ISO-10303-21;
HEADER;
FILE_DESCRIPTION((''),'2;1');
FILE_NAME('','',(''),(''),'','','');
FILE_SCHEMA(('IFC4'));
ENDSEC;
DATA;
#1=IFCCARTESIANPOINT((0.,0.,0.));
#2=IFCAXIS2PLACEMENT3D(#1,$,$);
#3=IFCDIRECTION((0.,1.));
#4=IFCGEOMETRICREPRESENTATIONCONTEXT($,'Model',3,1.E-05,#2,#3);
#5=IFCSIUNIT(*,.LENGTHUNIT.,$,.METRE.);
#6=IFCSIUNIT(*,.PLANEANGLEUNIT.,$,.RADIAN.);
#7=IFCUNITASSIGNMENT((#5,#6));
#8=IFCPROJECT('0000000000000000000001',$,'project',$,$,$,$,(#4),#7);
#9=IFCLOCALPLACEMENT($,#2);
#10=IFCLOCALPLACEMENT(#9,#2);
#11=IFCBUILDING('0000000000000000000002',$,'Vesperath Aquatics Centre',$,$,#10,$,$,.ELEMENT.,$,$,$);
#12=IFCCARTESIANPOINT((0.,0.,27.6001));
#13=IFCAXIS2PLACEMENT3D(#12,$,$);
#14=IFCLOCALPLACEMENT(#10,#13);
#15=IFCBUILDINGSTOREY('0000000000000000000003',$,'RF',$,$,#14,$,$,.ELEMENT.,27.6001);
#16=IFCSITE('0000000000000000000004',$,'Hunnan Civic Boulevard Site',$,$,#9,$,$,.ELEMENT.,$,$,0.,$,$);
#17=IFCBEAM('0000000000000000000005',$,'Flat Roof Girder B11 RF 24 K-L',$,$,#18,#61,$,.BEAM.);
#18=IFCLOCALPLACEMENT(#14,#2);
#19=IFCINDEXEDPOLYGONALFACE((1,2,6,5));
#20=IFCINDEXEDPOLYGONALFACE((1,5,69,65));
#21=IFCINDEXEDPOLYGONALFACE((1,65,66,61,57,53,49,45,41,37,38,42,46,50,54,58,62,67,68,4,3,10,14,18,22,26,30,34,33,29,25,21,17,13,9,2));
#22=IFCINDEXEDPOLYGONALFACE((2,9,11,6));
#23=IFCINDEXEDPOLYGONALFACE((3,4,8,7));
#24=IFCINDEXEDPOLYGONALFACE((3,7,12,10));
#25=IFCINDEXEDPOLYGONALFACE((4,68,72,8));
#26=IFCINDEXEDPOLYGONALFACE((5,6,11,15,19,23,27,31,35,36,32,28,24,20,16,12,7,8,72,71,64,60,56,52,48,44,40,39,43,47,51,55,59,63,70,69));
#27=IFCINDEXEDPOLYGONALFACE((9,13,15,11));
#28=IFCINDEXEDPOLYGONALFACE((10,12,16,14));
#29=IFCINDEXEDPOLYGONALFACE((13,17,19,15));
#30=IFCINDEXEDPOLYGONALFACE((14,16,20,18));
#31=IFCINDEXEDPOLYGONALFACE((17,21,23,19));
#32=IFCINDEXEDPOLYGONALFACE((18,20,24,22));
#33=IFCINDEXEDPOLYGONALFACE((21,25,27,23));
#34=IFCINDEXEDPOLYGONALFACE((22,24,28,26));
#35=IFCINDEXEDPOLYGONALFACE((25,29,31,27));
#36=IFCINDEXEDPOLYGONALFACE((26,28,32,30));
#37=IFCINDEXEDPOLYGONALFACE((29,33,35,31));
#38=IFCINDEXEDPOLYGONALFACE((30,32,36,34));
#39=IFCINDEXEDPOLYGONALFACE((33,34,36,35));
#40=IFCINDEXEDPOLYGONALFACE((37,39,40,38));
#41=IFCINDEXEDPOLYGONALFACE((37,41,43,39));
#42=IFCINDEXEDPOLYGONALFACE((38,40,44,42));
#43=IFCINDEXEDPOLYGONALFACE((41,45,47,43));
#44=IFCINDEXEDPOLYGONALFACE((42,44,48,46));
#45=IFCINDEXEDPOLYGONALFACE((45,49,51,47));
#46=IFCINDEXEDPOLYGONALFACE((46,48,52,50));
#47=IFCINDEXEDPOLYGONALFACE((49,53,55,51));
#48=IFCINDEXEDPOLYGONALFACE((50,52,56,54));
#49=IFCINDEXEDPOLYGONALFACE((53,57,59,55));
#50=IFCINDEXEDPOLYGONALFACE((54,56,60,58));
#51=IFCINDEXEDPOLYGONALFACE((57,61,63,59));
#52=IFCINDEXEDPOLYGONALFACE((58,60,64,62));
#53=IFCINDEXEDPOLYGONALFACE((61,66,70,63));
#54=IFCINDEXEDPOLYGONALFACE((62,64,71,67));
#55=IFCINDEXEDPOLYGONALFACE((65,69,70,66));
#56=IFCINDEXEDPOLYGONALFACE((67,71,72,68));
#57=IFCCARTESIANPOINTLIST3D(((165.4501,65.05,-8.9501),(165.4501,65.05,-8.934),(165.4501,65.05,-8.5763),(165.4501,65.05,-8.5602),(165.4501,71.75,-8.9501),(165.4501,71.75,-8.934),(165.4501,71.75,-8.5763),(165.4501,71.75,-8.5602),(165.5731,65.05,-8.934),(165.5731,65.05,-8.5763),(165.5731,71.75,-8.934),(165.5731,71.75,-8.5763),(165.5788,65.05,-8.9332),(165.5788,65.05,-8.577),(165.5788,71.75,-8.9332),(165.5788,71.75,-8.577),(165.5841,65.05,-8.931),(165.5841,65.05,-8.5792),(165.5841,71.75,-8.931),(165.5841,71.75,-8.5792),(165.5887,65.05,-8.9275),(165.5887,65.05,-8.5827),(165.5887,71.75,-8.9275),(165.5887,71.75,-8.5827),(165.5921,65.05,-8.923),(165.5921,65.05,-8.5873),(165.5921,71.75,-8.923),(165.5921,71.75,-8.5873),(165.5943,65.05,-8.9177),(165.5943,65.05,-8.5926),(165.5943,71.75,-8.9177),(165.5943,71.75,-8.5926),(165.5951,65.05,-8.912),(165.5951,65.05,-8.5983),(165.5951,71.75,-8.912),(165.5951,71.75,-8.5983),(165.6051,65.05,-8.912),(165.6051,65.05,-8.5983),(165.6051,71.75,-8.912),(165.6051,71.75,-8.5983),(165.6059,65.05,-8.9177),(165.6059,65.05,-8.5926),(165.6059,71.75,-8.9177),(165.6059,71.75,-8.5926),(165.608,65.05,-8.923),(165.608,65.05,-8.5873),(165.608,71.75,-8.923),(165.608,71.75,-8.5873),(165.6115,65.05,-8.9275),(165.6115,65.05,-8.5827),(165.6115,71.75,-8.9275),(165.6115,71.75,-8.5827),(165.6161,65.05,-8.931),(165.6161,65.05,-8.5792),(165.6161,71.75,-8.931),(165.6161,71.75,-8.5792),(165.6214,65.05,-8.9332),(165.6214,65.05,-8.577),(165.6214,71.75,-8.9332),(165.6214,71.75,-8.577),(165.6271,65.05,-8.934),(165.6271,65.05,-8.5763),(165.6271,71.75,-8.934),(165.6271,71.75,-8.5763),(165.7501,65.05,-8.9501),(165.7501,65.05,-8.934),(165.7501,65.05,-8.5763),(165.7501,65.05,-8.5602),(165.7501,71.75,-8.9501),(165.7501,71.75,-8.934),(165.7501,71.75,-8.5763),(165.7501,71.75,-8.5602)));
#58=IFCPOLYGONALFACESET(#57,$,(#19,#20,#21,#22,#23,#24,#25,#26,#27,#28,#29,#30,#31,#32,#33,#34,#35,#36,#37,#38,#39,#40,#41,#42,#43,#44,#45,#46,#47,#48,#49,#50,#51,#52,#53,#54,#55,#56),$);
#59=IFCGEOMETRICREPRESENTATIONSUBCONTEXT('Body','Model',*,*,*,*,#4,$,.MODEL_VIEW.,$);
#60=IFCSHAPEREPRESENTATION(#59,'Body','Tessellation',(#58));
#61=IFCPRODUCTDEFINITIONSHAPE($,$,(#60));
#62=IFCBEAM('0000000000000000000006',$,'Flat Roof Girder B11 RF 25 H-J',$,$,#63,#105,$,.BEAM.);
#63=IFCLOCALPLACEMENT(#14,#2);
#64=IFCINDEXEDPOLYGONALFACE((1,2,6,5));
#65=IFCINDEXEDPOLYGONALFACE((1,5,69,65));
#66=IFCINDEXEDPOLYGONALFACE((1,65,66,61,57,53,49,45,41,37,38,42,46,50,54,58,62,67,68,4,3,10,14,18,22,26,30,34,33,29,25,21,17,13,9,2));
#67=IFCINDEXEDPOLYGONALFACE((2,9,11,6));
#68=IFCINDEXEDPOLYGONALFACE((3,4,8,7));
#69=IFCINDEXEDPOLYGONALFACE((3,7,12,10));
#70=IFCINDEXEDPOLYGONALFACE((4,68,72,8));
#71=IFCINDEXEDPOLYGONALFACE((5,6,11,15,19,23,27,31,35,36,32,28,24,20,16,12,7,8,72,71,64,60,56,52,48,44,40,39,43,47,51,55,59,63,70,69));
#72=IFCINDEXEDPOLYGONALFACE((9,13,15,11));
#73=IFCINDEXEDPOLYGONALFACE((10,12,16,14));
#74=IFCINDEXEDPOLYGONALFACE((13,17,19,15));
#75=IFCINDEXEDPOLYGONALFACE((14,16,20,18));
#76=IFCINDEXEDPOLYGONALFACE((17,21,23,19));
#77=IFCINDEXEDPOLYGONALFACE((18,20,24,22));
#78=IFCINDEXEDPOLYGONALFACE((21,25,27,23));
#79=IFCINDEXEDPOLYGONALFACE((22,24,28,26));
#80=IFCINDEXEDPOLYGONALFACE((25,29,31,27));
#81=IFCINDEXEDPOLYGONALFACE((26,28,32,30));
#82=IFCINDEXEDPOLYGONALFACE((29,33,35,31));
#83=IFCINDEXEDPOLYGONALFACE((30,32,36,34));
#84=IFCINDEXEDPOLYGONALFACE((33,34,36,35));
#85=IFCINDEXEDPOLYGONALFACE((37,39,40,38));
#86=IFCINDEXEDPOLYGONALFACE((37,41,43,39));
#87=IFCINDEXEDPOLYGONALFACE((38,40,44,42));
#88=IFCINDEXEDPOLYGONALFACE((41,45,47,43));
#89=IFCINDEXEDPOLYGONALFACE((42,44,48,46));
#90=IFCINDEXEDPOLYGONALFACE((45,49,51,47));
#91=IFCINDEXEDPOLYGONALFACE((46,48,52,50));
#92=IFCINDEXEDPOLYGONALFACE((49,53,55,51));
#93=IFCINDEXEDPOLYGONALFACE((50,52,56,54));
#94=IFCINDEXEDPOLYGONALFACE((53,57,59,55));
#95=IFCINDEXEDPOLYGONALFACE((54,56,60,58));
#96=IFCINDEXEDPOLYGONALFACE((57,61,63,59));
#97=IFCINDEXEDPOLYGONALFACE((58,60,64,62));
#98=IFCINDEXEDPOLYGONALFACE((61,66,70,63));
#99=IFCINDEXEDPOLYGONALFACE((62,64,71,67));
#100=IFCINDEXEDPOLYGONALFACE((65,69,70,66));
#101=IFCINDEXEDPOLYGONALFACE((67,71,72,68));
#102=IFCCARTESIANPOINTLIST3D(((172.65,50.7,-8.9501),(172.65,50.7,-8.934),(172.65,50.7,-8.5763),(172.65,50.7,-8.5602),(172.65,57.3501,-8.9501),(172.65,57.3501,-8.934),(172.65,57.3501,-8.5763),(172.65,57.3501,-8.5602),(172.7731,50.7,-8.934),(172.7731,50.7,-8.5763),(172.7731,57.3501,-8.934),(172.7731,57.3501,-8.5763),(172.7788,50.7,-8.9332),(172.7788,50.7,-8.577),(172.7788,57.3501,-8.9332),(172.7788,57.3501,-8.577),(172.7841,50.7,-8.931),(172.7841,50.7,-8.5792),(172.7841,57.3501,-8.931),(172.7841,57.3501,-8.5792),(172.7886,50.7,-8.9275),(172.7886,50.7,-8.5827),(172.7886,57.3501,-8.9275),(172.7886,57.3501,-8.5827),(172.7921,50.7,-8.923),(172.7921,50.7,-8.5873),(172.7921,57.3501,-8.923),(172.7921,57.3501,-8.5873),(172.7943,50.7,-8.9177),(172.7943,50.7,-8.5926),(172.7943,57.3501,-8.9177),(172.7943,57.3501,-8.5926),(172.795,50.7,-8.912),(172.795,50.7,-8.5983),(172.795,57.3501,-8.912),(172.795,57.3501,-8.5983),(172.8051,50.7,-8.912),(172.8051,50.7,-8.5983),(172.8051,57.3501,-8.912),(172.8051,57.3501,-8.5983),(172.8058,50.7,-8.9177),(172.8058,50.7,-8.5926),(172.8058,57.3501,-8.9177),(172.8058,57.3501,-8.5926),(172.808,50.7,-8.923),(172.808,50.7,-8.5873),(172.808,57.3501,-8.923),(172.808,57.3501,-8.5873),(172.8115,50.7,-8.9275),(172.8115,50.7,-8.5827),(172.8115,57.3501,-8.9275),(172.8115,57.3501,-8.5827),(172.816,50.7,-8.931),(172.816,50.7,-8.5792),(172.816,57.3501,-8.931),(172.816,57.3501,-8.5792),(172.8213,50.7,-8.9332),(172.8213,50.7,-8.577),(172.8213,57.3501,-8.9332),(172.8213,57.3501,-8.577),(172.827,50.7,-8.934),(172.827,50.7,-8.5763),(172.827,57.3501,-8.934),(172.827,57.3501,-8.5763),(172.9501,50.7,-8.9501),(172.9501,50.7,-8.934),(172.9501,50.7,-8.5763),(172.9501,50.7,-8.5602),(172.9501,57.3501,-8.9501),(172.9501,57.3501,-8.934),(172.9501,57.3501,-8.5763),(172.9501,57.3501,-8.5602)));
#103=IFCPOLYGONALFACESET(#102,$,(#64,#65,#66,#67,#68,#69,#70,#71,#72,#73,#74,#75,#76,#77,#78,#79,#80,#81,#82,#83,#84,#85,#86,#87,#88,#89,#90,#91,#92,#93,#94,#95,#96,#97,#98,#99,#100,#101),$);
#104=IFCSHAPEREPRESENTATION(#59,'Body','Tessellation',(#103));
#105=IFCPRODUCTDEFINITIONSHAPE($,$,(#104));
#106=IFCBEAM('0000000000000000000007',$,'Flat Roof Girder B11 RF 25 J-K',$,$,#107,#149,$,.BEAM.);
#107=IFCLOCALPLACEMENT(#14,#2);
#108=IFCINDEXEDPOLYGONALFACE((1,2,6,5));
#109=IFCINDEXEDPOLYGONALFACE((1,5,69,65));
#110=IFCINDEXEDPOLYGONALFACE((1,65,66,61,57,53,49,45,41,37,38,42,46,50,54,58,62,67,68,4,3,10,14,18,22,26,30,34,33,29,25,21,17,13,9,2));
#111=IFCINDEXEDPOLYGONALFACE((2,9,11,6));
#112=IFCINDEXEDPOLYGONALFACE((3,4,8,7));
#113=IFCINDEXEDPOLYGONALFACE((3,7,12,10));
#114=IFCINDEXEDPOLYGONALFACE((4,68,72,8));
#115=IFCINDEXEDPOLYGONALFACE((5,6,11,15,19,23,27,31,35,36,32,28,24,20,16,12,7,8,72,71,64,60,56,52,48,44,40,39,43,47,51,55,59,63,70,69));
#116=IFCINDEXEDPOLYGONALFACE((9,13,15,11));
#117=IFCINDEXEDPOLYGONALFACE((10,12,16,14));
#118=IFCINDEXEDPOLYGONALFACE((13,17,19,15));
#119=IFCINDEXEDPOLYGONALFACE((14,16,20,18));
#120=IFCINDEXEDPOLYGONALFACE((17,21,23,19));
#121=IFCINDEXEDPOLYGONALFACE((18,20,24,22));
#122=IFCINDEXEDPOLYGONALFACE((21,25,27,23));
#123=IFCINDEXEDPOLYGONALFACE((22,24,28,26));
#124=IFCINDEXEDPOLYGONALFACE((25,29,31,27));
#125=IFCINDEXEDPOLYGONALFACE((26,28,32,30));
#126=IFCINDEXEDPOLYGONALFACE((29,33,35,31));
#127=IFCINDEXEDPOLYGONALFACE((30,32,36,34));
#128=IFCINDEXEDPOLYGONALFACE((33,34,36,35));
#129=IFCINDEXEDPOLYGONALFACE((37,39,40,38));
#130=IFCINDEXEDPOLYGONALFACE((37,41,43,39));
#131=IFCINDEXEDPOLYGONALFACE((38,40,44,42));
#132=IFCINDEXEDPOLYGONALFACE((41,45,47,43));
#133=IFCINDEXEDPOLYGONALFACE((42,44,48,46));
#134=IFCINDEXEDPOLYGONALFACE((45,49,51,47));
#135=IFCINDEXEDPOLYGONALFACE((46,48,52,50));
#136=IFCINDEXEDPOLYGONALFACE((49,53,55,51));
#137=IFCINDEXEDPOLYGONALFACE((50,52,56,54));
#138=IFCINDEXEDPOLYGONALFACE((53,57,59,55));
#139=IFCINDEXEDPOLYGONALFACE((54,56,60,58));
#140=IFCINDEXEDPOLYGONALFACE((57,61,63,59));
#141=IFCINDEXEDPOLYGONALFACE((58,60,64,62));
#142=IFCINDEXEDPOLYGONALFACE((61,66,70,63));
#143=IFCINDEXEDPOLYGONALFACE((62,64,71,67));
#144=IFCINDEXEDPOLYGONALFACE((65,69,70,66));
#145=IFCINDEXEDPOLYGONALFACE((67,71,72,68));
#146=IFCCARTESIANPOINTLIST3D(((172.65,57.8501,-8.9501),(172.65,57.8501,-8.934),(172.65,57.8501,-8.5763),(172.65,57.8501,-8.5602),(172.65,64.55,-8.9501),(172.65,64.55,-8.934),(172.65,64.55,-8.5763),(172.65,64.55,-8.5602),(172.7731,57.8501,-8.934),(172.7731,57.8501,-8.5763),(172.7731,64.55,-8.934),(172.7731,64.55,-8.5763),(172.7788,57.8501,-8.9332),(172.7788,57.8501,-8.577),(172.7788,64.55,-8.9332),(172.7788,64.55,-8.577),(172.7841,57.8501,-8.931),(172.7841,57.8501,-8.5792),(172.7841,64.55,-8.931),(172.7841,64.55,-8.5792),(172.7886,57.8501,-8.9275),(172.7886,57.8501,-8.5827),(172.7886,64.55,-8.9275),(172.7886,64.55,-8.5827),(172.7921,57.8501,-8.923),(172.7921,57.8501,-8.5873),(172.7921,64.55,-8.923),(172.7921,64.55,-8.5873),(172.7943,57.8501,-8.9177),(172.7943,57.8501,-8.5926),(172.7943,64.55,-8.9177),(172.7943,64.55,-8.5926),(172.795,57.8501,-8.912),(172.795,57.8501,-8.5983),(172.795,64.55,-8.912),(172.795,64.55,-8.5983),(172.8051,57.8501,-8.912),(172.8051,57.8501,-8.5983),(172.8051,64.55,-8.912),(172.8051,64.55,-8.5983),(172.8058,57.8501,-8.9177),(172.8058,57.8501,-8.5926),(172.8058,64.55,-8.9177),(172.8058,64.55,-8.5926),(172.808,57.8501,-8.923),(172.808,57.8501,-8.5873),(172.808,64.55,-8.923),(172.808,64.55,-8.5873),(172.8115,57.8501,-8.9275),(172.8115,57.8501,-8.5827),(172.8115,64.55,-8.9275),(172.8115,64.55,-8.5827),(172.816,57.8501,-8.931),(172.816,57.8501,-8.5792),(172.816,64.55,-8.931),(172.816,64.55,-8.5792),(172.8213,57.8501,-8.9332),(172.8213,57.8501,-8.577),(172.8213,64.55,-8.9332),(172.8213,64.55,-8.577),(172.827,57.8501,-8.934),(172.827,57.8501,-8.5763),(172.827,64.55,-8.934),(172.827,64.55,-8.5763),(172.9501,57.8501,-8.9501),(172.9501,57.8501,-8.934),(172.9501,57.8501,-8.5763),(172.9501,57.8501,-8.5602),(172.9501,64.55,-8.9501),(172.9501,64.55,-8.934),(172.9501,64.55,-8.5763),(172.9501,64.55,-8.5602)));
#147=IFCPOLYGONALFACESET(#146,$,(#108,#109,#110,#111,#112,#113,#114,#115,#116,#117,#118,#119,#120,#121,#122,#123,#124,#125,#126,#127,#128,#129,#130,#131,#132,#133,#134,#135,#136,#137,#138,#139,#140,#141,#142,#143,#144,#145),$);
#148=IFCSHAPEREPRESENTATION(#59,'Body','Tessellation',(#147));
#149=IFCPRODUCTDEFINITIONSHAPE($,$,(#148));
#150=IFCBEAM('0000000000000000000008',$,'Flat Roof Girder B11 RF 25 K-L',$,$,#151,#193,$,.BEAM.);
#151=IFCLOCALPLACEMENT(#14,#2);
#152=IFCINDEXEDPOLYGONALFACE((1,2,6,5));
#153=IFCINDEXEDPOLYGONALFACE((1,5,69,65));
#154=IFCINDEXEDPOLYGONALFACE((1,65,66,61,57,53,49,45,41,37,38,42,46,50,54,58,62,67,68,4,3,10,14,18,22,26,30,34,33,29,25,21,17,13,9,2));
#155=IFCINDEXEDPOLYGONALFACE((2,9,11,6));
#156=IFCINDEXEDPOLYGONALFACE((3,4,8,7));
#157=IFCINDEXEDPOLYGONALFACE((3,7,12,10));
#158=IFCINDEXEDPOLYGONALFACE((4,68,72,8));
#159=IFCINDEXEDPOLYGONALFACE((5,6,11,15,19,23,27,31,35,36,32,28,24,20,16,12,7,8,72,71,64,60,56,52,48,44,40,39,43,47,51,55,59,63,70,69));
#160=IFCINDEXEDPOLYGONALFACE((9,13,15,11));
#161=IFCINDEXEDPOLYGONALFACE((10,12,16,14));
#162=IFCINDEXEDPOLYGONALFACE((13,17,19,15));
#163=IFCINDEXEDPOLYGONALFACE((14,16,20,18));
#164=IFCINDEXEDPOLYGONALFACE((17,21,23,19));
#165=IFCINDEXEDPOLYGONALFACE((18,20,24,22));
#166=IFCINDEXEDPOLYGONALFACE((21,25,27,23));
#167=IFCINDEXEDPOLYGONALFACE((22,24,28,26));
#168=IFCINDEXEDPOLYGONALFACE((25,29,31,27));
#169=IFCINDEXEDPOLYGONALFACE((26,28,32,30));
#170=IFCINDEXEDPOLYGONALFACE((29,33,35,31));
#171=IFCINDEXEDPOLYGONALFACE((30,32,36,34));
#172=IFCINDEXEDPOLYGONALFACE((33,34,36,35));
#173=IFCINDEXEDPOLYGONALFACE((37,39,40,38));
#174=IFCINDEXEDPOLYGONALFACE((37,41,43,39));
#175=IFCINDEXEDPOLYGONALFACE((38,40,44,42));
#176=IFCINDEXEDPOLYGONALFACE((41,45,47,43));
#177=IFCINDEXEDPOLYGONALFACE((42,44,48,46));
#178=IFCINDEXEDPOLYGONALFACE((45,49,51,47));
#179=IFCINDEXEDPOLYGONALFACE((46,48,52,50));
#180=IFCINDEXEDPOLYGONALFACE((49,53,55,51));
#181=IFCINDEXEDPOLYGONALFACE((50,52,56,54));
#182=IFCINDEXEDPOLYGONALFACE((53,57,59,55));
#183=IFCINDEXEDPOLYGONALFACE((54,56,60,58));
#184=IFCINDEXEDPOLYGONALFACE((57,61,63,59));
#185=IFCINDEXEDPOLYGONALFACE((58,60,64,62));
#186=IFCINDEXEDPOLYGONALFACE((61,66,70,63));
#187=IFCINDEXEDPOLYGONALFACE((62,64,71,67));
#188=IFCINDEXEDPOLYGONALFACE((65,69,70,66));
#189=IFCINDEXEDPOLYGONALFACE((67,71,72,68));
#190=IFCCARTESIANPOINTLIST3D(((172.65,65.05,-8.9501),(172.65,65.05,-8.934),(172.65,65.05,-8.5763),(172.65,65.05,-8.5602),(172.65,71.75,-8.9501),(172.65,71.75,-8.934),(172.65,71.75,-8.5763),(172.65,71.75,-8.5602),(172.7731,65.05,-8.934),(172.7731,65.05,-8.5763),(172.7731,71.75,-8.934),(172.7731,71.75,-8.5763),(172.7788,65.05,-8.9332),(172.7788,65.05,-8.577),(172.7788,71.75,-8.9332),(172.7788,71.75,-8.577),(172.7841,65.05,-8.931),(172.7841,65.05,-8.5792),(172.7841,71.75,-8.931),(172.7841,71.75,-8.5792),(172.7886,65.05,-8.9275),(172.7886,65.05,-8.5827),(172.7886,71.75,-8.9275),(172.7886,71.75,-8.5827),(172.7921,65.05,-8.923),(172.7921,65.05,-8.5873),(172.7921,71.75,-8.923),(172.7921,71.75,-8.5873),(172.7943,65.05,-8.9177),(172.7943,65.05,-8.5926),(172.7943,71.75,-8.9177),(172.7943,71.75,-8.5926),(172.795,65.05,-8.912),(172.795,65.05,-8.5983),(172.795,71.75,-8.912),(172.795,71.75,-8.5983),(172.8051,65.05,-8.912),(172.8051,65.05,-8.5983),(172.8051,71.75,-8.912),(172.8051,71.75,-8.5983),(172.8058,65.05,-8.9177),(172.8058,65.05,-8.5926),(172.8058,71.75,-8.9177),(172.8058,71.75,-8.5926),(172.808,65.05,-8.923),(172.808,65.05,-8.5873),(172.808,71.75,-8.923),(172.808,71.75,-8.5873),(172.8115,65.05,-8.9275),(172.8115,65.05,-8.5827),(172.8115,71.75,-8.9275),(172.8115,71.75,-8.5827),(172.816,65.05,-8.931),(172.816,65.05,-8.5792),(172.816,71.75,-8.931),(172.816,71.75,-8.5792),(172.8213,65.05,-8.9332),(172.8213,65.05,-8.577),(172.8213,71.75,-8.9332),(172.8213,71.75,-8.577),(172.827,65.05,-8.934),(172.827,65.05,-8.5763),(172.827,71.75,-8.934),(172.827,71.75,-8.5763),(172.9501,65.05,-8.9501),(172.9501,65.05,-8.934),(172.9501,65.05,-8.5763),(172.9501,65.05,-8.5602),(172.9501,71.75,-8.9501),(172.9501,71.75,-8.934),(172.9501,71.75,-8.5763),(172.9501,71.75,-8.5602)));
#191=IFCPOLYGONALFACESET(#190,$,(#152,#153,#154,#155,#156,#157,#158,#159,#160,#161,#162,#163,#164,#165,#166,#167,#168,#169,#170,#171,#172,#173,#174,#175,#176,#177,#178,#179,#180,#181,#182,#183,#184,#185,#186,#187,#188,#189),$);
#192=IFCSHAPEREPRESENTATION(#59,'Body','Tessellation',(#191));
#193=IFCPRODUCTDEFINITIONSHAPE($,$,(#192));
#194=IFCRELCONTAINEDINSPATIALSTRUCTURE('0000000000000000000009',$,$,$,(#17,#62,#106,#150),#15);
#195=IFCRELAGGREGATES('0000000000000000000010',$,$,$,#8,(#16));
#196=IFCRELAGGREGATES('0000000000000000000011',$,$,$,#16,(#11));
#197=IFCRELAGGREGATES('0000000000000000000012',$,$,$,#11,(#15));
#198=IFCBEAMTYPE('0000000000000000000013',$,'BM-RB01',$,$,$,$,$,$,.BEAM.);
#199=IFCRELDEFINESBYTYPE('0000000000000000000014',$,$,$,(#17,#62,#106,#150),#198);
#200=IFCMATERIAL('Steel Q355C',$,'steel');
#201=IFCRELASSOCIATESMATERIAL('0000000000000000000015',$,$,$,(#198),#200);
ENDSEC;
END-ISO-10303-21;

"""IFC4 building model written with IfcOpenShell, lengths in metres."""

from ifc_helpers import new_model, si_unit, direction, frame, origin, origin_2d, place, context, subcontext, project, spatial, i_section, extrude, material, material_profile, profile_set, type_object, element, save


model = new_model("IFC4")

# Units and contexts
model_context = context("Model", 3, precision=1e-05, world=origin(), true_north=direction((0.0, 1.0)))
body_context = subcontext(model_context, "Body", "Model", "MODEL_VIEW")
ifc_project = project(units=[si_unit("LENGTHUNIT", "METRE"), si_unit("PLANEANGLEUNIT", "RADIAN")], contexts=[model_context])

# Site, building, storey
site_placement = place(None, origin())
site = spatial("IfcSite", under=ifc_project, at=site_placement, Name="Hunnan Civic Boulevard Site", CompositionType="ELEMENT", RefElevation=0.0)
building_placement = place(site_placement, origin())
building = spatial("IfcBuilding", under=site, at=building_placement, Name="Vesperath Aquatics Centre", CompositionType="ELEMENT")
storey_placement = place(building_placement, frame((0.0, 0.0, 27.6001)))
storey = spatial("IfcBuildingStorey", under=building, at=storey_placement, Name="RF", CompositionType="ELEMENT", Elevation=27.6001)

# Beams
ifc_material = material(Name="Steel Q355C", Category="steel")
ifc_material_profile = material_profile(ifc_material, i_section(OverallWidth=0.3, OverallDepth=0.3899, WebThickness=0.01, FlangeThickness=0.0161, FilletRadius=0.022, at=origin_2d()), Name="HM 390x300x10x16")
ifc_profile_set = profile_set([ifc_material_profile], Name="Steel Q355C")
beam_type = type_object("IfcBeamType", Name="BM-RB01", PredefinedType="BEAM", material=ifc_profile_set)
for number, where, z_axis, x_axis, name in (
    (1, (165.6001, 65.05, -8.7551), (0.0, 1.0, 0.0), (-1.0, 0.0, 0.0), "Flat Roof Girder B11 RF 24 K-L"),
):
    element("IfcBeam", number, at=place(storey_placement, frame(where, z_axis=z_axis, x_axis=x_axis)), inside=storey, type_object=beam_type, Name=name, PredefinedType="BEAM", context=body_context, shape_type="SweptSolid", body=[
        extrude(i_section(OverallWidth=0.3, OverallDepth=0.3899, WebThickness=0.01, FlangeThickness=0.0161, FilletRadius=0.022, at=origin_2d()), origin(), (0.0, 0.0, 1.0), 6.7),
    ])
beam_1_placement = place(storey_placement, frame((172.8, 50.7, -8.7551), z_axis=(0.0, 1.0, 0.0), x_axis=(-1.0, 0.0, 0.0)))
element("IfcBeam", 2, at=beam_1_placement, inside=storey, type_object=beam_type, Name="Flat Roof Girder B11 RF 25 H-J", PredefinedType="BEAM", context=body_context, shape_type="SweptSolid", body=[
    extrude(i_section(OverallWidth=0.3, OverallDepth=0.3899, WebThickness=0.01, FlangeThickness=0.0161, FilletRadius=0.022, at=origin_2d()), origin(), (0.0, 0.0, 1.0), 6.6501),
])
for number, where, z_axis, x_axis, name in (
    (3, (172.8, 57.8501, -8.7551), (0.0, 1.0, 0.0), (-1.0, 0.0, 0.0), "Flat Roof Girder B11 RF 25 J-K"),
    (4, (172.8, 65.05, -8.7551), (0.0, 1.0, 0.0), (-1.0, 0.0, 0.0), "Flat Roof Girder B11 RF 25 K-L"),
):
    element("IfcBeam", number, at=place(storey_placement, frame(where, z_axis=z_axis, x_axis=x_axis)), inside=storey, type_object=beam_type, Name=name, PredefinedType="BEAM", context=body_context, shape_type="SweptSolid", body=[
        extrude(i_section(OverallWidth=0.3, OverallDepth=0.3899, WebThickness=0.01, FlangeThickness=0.0161, FilletRadius=0.022, at=origin_2d()), origin(), (0.0, 0.0, 1.0), 6.7),
    ])

save(model, "model.ifc")
